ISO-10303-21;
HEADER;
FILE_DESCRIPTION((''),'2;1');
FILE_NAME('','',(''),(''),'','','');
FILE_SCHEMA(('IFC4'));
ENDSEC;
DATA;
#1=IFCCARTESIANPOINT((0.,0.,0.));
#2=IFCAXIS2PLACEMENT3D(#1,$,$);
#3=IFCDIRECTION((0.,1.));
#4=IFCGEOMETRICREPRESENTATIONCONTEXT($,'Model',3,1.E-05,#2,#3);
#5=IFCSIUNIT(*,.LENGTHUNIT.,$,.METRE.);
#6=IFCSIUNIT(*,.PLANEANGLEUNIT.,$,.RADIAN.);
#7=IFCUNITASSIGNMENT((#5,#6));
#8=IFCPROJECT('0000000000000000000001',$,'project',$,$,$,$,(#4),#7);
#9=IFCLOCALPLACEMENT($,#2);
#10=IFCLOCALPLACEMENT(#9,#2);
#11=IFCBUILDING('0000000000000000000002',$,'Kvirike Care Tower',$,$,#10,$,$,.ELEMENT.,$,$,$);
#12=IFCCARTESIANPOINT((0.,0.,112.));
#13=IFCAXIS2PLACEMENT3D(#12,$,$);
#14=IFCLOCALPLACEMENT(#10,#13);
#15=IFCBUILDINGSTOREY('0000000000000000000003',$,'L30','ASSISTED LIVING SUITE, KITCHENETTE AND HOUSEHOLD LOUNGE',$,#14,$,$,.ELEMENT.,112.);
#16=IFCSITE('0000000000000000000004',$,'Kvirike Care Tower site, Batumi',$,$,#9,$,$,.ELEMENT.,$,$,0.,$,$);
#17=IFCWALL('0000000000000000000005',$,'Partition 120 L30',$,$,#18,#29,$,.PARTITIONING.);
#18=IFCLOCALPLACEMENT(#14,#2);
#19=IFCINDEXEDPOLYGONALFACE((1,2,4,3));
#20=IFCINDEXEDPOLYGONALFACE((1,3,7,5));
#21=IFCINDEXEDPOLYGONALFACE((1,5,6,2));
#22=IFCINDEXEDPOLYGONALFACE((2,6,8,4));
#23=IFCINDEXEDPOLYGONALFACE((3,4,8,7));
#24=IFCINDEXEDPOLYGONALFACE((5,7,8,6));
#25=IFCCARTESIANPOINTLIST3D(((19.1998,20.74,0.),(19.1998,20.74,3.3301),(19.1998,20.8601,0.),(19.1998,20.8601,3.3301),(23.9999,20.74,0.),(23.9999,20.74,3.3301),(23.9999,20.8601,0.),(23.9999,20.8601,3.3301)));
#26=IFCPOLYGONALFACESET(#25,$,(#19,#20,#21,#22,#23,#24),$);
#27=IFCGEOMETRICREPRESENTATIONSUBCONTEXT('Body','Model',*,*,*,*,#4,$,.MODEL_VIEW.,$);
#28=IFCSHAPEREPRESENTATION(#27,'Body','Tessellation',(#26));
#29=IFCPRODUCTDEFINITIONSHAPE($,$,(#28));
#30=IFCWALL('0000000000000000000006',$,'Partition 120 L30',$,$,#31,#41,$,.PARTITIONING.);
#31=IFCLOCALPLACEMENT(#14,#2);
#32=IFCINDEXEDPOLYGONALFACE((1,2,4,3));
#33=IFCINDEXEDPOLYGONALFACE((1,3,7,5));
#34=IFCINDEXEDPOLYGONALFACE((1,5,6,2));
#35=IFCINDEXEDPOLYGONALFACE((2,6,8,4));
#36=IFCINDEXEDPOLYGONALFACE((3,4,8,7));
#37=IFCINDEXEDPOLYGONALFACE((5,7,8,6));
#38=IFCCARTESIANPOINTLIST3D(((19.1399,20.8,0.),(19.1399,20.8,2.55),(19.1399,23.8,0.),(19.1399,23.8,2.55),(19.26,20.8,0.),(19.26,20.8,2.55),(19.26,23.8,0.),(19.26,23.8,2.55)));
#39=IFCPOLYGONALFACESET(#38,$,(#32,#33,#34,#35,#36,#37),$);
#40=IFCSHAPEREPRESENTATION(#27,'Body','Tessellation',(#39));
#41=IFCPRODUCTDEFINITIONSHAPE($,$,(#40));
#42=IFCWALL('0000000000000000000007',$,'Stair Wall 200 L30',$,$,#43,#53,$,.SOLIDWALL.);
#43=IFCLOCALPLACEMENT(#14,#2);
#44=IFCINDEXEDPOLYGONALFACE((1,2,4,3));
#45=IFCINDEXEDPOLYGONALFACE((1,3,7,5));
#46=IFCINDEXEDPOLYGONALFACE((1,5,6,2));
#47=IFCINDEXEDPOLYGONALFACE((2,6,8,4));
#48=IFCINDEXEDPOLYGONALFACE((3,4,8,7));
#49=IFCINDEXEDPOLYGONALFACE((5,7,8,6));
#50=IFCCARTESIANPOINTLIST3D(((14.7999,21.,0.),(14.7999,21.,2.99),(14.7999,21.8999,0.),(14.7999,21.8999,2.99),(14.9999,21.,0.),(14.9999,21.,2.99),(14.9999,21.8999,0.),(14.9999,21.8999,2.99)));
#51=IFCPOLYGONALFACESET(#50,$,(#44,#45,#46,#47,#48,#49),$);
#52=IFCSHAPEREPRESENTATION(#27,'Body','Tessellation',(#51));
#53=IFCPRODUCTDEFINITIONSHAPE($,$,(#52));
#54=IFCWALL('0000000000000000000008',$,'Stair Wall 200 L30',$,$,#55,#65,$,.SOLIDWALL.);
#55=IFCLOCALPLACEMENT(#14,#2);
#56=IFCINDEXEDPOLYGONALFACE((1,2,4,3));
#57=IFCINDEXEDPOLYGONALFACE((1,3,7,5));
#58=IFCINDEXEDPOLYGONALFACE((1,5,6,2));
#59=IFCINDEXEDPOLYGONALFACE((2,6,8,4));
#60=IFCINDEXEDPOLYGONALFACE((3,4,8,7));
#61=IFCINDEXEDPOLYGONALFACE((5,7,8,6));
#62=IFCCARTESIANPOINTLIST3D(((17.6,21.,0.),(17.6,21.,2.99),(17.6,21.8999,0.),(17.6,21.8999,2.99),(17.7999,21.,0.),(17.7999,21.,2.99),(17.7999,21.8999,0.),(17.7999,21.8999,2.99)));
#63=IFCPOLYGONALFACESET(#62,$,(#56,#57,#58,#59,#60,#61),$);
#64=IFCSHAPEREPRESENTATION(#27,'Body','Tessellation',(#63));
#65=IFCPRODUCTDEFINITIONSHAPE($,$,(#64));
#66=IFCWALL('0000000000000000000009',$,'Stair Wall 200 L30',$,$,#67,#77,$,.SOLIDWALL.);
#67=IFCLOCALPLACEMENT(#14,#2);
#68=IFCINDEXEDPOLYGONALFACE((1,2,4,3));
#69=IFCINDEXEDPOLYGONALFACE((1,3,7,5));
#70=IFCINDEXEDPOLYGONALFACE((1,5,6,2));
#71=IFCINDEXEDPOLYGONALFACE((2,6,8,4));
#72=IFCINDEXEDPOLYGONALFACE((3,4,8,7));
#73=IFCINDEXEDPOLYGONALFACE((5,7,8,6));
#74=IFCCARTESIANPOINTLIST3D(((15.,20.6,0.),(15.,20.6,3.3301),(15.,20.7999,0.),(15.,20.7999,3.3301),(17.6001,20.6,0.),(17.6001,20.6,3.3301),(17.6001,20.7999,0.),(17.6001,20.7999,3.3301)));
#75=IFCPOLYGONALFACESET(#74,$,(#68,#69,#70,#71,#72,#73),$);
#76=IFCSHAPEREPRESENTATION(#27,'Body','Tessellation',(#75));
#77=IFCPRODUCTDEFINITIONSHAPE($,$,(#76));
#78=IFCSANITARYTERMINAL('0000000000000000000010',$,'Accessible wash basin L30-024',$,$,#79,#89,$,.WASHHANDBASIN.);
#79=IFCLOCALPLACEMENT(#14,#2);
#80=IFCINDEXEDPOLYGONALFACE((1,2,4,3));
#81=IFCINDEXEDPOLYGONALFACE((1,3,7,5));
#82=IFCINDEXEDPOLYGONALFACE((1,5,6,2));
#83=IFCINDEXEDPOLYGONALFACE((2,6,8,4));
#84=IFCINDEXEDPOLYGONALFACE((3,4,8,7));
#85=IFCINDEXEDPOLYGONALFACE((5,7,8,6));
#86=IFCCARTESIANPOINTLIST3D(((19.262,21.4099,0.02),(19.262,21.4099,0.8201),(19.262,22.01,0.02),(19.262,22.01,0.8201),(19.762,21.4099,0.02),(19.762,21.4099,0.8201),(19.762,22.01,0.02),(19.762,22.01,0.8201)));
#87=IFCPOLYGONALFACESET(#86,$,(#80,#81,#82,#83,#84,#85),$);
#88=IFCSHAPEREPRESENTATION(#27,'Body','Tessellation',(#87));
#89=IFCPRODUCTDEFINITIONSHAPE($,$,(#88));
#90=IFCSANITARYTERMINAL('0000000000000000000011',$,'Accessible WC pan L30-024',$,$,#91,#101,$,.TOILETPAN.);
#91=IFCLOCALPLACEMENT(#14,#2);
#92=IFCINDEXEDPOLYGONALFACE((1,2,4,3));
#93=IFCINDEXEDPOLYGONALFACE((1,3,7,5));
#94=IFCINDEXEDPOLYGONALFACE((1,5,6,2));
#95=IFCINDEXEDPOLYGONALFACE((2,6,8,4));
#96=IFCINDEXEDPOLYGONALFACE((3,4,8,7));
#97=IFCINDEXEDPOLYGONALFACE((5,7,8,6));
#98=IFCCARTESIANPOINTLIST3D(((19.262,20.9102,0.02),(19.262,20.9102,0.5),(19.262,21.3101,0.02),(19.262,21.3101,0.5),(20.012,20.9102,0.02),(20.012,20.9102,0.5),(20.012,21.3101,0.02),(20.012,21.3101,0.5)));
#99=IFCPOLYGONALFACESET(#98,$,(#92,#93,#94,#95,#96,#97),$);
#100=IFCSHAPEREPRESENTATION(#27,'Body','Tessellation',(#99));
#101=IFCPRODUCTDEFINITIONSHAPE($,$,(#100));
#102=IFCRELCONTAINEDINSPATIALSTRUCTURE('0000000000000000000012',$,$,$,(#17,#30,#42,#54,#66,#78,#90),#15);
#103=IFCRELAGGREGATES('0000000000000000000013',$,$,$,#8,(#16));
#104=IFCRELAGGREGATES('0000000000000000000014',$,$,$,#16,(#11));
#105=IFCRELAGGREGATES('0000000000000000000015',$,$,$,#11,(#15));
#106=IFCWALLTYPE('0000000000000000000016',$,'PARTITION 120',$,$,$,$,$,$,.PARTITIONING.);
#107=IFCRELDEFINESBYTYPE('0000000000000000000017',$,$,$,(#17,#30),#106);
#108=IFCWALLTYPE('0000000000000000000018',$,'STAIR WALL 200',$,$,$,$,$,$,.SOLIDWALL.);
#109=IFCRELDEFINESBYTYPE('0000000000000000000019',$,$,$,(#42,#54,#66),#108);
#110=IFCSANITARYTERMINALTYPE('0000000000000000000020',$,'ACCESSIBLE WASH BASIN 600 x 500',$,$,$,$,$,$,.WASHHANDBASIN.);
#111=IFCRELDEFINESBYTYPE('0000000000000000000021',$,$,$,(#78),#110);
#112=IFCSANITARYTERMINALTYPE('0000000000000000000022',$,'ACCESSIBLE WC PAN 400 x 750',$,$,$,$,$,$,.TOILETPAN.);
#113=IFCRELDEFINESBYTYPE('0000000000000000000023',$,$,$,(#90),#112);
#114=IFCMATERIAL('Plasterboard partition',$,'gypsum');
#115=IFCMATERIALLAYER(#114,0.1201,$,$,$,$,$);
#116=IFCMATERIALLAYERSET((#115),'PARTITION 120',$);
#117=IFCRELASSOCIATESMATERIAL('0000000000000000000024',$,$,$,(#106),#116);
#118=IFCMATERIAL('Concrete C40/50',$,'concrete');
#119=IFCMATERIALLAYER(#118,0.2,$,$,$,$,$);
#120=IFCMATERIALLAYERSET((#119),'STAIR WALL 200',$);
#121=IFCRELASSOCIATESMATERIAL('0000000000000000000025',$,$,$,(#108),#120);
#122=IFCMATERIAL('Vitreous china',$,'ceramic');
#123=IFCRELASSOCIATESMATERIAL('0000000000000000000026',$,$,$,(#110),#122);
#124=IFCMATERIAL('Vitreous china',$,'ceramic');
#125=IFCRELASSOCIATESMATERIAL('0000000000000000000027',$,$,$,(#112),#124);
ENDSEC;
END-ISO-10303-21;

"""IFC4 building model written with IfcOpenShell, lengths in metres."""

from ifc_helpers import new_model, si_unit, direction, frame, frame_2d, origin, origin_2d, place, context, subcontext, project, spatial, rectangle, extrude, material, layer, layer_set, type_object, element, save


model = new_model("IFC4")

# Units and contexts
model_context = context("Model", 3, precision=1e-05, world=origin(), true_north=direction((0.0, 1.0)))
body_context = subcontext(model_context, "Body", "Model", "MODEL_VIEW")
ifc_project = project(units=[si_unit("LENGTHUNIT", "METRE"), si_unit("PLANEANGLEUNIT", "RADIAN")], contexts=[model_context])

# Site, building, storey
site_placement = place(None, origin())
site = spatial("IfcSite", under=ifc_project, at=site_placement, Name="Kvirike Care Tower site, Batumi", CompositionType="ELEMENT", RefElevation=0.0)
building_placement = place(site_placement, origin())
building = spatial("IfcBuilding", under=site, at=building_placement, Name="Kvirike Care Tower", CompositionType="ELEMENT")
storey_placement = place(building_placement, frame((0.0, 0.0, 112.0)))
storey = spatial("IfcBuildingStorey", under=building, at=storey_placement, Name="L30", Description="ASSISTED LIVING SUITE, KITCHENETTE AND HOUSEHOLD LOUNGE", CompositionType="ELEMENT", Elevation=112.0)

# Walls
ifc_material_1 = material(Name="Plasterboard partition", Category="gypsum")
ifc_layer_1 = layer(ifc_material_1, 0.1201)
ifc_layer_set_1 = layer_set([ifc_layer_1], Name="PARTITION 120")
wall_type_1 = type_object("IfcWallType", Name="PARTITION 120", PredefinedType="PARTITIONING", material=ifc_layer_set_1)
wall_1_placement = place(storey_placement, frame((19.2, 20.8, 0.0), z_axis=(0.0, 0.0, 1.0), x_axis=(1.0, 0.0, 0.0)))
element("IfcWall", 1, at=wall_1_placement, inside=storey, type_object=wall_type_1, Name="Partition 120 L30", PredefinedType="PARTITIONING", context=body_context, shape_type="SweptSolid", body=[
    extrude(rectangle(XDim=4.8, YDim=0.1201, at=frame_2d((2.3999, 0.0))), origin(), (0.0, 0.0, 1.0), 3.3301),
])
wall_2_placement = place(storey_placement, frame((19.2, 20.8, 0.0), z_axis=(0.0, 0.0, 1.0), x_axis=(0.0, 1.0, 0.0)))
element("IfcWall", 2, at=wall_2_placement, inside=storey, type_object=wall_type_1, Name="Partition 120 L30", PredefinedType="PARTITIONING", context=body_context, shape_type="SweptSolid", body=[
    extrude(rectangle(XDim=3.0, YDim=0.1201, at=frame_2d((1.5, 0.0))), origin(), (0.0, 0.0, 1.0), 2.55),
])
ifc_material_2 = material(Name="Concrete C40/50", Category="concrete")
ifc_layer_2 = layer(ifc_material_2, 0.2)
ifc_layer_set_2 = layer_set([ifc_layer_2], Name="STAIR WALL 200")
wall_type_2 = type_object("IfcWallType", Name="STAIR WALL 200", PredefinedType="SOLIDWALL", material=ifc_layer_set_2)
for number, where, z_axis, x_axis, name in (
    (3, (14.8999, 21.0, 0.0), (0.0, 0.0, 1.0), (0.0, 1.0, 0.0), "Stair Wall 200 L30"),
    (4, (17.7, 21.0, 0.0), (0.0, 0.0, 1.0), (0.0, 1.0, 0.0), "Stair Wall 200 L30"),
):
    element("IfcWall", number, at=place(storey_placement, frame(where, z_axis=z_axis, x_axis=x_axis)), inside=storey, type_object=wall_type_2, Name=name, PredefinedType="SOLIDWALL", context=body_context, shape_type="SweptSolid", body=[
        extrude(rectangle(XDim=0.8999, YDim=0.2, at=frame_2d((0.45, 0.0))), origin(), (0.0, 0.0, 1.0), 2.99),
    ])
wall_3_placement = place(storey_placement, frame((15.0, 20.7, 0.0), z_axis=(0.0, 0.0, 1.0), x_axis=(1.0, 0.0, 0.0)))
element("IfcWall", 5, at=wall_3_placement, inside=storey, type_object=wall_type_2, Name="Stair Wall 200 L30", PredefinedType="SOLIDWALL", context=body_context, shape_type="SweptSolid", body=[
    extrude(rectangle(XDim=2.6001, YDim=0.2, at=frame_2d((1.3, 0.0))), origin(), (0.0, 0.0, 1.0), 3.3301),
])

# Sanitary terminals
ifc_material_3 = material(Name="Vitreous china", Category="ceramic")
sanitary_terminal_type_1 = type_object("IfcSanitaryTerminalType", Name="ACCESSIBLE WASH BASIN 600 x 500", PredefinedType="WASHHANDBASIN", material=ifc_material_3)
sanitary_terminal_1_placement = place(storey_placement, frame((19.512, 21.71, 0.02), z_axis=(0.0, 0.0, 1.0), x_axis=(0.0, 1.0, 0.0)))
element("IfcSanitaryTerminal", 6, at=sanitary_terminal_1_placement, inside=storey, type_object=sanitary_terminal_type_1, Name="Accessible wash basin L30-024", PredefinedType="WASHHANDBASIN", context=body_context, shape_type="SweptSolid", body=[
    extrude(rectangle(XDim=0.6001, YDim=0.5, at=origin_2d()), origin(), (0.0, 0.0, 1.0), 0.8),
])
ifc_material_4 = material(Name="Vitreous china", Category="ceramic")
sanitary_terminal_type_2 = type_object("IfcSanitaryTerminalType", Name="ACCESSIBLE WC PAN 400 x 750", PredefinedType="TOILETPAN", material=ifc_material_4)
sanitary_terminal_2_placement = place(storey_placement, frame((19.637, 21.1101, 0.02), z_axis=(0.0, 0.0, 1.0), x_axis=(0.0, 1.0, 0.0)))
element("IfcSanitaryTerminal", 7, at=sanitary_terminal_2_placement, inside=storey, type_object=sanitary_terminal_type_2, Name="Accessible WC pan L30-024", PredefinedType="TOILETPAN", context=body_context, shape_type="SweptSolid", body=[
    extrude(rectangle(XDim=0.3999, YDim=0.75, at=origin_2d()), origin(), (0.0, 0.0, 1.0), 0.48),
])

save(model, "model.ifc")
